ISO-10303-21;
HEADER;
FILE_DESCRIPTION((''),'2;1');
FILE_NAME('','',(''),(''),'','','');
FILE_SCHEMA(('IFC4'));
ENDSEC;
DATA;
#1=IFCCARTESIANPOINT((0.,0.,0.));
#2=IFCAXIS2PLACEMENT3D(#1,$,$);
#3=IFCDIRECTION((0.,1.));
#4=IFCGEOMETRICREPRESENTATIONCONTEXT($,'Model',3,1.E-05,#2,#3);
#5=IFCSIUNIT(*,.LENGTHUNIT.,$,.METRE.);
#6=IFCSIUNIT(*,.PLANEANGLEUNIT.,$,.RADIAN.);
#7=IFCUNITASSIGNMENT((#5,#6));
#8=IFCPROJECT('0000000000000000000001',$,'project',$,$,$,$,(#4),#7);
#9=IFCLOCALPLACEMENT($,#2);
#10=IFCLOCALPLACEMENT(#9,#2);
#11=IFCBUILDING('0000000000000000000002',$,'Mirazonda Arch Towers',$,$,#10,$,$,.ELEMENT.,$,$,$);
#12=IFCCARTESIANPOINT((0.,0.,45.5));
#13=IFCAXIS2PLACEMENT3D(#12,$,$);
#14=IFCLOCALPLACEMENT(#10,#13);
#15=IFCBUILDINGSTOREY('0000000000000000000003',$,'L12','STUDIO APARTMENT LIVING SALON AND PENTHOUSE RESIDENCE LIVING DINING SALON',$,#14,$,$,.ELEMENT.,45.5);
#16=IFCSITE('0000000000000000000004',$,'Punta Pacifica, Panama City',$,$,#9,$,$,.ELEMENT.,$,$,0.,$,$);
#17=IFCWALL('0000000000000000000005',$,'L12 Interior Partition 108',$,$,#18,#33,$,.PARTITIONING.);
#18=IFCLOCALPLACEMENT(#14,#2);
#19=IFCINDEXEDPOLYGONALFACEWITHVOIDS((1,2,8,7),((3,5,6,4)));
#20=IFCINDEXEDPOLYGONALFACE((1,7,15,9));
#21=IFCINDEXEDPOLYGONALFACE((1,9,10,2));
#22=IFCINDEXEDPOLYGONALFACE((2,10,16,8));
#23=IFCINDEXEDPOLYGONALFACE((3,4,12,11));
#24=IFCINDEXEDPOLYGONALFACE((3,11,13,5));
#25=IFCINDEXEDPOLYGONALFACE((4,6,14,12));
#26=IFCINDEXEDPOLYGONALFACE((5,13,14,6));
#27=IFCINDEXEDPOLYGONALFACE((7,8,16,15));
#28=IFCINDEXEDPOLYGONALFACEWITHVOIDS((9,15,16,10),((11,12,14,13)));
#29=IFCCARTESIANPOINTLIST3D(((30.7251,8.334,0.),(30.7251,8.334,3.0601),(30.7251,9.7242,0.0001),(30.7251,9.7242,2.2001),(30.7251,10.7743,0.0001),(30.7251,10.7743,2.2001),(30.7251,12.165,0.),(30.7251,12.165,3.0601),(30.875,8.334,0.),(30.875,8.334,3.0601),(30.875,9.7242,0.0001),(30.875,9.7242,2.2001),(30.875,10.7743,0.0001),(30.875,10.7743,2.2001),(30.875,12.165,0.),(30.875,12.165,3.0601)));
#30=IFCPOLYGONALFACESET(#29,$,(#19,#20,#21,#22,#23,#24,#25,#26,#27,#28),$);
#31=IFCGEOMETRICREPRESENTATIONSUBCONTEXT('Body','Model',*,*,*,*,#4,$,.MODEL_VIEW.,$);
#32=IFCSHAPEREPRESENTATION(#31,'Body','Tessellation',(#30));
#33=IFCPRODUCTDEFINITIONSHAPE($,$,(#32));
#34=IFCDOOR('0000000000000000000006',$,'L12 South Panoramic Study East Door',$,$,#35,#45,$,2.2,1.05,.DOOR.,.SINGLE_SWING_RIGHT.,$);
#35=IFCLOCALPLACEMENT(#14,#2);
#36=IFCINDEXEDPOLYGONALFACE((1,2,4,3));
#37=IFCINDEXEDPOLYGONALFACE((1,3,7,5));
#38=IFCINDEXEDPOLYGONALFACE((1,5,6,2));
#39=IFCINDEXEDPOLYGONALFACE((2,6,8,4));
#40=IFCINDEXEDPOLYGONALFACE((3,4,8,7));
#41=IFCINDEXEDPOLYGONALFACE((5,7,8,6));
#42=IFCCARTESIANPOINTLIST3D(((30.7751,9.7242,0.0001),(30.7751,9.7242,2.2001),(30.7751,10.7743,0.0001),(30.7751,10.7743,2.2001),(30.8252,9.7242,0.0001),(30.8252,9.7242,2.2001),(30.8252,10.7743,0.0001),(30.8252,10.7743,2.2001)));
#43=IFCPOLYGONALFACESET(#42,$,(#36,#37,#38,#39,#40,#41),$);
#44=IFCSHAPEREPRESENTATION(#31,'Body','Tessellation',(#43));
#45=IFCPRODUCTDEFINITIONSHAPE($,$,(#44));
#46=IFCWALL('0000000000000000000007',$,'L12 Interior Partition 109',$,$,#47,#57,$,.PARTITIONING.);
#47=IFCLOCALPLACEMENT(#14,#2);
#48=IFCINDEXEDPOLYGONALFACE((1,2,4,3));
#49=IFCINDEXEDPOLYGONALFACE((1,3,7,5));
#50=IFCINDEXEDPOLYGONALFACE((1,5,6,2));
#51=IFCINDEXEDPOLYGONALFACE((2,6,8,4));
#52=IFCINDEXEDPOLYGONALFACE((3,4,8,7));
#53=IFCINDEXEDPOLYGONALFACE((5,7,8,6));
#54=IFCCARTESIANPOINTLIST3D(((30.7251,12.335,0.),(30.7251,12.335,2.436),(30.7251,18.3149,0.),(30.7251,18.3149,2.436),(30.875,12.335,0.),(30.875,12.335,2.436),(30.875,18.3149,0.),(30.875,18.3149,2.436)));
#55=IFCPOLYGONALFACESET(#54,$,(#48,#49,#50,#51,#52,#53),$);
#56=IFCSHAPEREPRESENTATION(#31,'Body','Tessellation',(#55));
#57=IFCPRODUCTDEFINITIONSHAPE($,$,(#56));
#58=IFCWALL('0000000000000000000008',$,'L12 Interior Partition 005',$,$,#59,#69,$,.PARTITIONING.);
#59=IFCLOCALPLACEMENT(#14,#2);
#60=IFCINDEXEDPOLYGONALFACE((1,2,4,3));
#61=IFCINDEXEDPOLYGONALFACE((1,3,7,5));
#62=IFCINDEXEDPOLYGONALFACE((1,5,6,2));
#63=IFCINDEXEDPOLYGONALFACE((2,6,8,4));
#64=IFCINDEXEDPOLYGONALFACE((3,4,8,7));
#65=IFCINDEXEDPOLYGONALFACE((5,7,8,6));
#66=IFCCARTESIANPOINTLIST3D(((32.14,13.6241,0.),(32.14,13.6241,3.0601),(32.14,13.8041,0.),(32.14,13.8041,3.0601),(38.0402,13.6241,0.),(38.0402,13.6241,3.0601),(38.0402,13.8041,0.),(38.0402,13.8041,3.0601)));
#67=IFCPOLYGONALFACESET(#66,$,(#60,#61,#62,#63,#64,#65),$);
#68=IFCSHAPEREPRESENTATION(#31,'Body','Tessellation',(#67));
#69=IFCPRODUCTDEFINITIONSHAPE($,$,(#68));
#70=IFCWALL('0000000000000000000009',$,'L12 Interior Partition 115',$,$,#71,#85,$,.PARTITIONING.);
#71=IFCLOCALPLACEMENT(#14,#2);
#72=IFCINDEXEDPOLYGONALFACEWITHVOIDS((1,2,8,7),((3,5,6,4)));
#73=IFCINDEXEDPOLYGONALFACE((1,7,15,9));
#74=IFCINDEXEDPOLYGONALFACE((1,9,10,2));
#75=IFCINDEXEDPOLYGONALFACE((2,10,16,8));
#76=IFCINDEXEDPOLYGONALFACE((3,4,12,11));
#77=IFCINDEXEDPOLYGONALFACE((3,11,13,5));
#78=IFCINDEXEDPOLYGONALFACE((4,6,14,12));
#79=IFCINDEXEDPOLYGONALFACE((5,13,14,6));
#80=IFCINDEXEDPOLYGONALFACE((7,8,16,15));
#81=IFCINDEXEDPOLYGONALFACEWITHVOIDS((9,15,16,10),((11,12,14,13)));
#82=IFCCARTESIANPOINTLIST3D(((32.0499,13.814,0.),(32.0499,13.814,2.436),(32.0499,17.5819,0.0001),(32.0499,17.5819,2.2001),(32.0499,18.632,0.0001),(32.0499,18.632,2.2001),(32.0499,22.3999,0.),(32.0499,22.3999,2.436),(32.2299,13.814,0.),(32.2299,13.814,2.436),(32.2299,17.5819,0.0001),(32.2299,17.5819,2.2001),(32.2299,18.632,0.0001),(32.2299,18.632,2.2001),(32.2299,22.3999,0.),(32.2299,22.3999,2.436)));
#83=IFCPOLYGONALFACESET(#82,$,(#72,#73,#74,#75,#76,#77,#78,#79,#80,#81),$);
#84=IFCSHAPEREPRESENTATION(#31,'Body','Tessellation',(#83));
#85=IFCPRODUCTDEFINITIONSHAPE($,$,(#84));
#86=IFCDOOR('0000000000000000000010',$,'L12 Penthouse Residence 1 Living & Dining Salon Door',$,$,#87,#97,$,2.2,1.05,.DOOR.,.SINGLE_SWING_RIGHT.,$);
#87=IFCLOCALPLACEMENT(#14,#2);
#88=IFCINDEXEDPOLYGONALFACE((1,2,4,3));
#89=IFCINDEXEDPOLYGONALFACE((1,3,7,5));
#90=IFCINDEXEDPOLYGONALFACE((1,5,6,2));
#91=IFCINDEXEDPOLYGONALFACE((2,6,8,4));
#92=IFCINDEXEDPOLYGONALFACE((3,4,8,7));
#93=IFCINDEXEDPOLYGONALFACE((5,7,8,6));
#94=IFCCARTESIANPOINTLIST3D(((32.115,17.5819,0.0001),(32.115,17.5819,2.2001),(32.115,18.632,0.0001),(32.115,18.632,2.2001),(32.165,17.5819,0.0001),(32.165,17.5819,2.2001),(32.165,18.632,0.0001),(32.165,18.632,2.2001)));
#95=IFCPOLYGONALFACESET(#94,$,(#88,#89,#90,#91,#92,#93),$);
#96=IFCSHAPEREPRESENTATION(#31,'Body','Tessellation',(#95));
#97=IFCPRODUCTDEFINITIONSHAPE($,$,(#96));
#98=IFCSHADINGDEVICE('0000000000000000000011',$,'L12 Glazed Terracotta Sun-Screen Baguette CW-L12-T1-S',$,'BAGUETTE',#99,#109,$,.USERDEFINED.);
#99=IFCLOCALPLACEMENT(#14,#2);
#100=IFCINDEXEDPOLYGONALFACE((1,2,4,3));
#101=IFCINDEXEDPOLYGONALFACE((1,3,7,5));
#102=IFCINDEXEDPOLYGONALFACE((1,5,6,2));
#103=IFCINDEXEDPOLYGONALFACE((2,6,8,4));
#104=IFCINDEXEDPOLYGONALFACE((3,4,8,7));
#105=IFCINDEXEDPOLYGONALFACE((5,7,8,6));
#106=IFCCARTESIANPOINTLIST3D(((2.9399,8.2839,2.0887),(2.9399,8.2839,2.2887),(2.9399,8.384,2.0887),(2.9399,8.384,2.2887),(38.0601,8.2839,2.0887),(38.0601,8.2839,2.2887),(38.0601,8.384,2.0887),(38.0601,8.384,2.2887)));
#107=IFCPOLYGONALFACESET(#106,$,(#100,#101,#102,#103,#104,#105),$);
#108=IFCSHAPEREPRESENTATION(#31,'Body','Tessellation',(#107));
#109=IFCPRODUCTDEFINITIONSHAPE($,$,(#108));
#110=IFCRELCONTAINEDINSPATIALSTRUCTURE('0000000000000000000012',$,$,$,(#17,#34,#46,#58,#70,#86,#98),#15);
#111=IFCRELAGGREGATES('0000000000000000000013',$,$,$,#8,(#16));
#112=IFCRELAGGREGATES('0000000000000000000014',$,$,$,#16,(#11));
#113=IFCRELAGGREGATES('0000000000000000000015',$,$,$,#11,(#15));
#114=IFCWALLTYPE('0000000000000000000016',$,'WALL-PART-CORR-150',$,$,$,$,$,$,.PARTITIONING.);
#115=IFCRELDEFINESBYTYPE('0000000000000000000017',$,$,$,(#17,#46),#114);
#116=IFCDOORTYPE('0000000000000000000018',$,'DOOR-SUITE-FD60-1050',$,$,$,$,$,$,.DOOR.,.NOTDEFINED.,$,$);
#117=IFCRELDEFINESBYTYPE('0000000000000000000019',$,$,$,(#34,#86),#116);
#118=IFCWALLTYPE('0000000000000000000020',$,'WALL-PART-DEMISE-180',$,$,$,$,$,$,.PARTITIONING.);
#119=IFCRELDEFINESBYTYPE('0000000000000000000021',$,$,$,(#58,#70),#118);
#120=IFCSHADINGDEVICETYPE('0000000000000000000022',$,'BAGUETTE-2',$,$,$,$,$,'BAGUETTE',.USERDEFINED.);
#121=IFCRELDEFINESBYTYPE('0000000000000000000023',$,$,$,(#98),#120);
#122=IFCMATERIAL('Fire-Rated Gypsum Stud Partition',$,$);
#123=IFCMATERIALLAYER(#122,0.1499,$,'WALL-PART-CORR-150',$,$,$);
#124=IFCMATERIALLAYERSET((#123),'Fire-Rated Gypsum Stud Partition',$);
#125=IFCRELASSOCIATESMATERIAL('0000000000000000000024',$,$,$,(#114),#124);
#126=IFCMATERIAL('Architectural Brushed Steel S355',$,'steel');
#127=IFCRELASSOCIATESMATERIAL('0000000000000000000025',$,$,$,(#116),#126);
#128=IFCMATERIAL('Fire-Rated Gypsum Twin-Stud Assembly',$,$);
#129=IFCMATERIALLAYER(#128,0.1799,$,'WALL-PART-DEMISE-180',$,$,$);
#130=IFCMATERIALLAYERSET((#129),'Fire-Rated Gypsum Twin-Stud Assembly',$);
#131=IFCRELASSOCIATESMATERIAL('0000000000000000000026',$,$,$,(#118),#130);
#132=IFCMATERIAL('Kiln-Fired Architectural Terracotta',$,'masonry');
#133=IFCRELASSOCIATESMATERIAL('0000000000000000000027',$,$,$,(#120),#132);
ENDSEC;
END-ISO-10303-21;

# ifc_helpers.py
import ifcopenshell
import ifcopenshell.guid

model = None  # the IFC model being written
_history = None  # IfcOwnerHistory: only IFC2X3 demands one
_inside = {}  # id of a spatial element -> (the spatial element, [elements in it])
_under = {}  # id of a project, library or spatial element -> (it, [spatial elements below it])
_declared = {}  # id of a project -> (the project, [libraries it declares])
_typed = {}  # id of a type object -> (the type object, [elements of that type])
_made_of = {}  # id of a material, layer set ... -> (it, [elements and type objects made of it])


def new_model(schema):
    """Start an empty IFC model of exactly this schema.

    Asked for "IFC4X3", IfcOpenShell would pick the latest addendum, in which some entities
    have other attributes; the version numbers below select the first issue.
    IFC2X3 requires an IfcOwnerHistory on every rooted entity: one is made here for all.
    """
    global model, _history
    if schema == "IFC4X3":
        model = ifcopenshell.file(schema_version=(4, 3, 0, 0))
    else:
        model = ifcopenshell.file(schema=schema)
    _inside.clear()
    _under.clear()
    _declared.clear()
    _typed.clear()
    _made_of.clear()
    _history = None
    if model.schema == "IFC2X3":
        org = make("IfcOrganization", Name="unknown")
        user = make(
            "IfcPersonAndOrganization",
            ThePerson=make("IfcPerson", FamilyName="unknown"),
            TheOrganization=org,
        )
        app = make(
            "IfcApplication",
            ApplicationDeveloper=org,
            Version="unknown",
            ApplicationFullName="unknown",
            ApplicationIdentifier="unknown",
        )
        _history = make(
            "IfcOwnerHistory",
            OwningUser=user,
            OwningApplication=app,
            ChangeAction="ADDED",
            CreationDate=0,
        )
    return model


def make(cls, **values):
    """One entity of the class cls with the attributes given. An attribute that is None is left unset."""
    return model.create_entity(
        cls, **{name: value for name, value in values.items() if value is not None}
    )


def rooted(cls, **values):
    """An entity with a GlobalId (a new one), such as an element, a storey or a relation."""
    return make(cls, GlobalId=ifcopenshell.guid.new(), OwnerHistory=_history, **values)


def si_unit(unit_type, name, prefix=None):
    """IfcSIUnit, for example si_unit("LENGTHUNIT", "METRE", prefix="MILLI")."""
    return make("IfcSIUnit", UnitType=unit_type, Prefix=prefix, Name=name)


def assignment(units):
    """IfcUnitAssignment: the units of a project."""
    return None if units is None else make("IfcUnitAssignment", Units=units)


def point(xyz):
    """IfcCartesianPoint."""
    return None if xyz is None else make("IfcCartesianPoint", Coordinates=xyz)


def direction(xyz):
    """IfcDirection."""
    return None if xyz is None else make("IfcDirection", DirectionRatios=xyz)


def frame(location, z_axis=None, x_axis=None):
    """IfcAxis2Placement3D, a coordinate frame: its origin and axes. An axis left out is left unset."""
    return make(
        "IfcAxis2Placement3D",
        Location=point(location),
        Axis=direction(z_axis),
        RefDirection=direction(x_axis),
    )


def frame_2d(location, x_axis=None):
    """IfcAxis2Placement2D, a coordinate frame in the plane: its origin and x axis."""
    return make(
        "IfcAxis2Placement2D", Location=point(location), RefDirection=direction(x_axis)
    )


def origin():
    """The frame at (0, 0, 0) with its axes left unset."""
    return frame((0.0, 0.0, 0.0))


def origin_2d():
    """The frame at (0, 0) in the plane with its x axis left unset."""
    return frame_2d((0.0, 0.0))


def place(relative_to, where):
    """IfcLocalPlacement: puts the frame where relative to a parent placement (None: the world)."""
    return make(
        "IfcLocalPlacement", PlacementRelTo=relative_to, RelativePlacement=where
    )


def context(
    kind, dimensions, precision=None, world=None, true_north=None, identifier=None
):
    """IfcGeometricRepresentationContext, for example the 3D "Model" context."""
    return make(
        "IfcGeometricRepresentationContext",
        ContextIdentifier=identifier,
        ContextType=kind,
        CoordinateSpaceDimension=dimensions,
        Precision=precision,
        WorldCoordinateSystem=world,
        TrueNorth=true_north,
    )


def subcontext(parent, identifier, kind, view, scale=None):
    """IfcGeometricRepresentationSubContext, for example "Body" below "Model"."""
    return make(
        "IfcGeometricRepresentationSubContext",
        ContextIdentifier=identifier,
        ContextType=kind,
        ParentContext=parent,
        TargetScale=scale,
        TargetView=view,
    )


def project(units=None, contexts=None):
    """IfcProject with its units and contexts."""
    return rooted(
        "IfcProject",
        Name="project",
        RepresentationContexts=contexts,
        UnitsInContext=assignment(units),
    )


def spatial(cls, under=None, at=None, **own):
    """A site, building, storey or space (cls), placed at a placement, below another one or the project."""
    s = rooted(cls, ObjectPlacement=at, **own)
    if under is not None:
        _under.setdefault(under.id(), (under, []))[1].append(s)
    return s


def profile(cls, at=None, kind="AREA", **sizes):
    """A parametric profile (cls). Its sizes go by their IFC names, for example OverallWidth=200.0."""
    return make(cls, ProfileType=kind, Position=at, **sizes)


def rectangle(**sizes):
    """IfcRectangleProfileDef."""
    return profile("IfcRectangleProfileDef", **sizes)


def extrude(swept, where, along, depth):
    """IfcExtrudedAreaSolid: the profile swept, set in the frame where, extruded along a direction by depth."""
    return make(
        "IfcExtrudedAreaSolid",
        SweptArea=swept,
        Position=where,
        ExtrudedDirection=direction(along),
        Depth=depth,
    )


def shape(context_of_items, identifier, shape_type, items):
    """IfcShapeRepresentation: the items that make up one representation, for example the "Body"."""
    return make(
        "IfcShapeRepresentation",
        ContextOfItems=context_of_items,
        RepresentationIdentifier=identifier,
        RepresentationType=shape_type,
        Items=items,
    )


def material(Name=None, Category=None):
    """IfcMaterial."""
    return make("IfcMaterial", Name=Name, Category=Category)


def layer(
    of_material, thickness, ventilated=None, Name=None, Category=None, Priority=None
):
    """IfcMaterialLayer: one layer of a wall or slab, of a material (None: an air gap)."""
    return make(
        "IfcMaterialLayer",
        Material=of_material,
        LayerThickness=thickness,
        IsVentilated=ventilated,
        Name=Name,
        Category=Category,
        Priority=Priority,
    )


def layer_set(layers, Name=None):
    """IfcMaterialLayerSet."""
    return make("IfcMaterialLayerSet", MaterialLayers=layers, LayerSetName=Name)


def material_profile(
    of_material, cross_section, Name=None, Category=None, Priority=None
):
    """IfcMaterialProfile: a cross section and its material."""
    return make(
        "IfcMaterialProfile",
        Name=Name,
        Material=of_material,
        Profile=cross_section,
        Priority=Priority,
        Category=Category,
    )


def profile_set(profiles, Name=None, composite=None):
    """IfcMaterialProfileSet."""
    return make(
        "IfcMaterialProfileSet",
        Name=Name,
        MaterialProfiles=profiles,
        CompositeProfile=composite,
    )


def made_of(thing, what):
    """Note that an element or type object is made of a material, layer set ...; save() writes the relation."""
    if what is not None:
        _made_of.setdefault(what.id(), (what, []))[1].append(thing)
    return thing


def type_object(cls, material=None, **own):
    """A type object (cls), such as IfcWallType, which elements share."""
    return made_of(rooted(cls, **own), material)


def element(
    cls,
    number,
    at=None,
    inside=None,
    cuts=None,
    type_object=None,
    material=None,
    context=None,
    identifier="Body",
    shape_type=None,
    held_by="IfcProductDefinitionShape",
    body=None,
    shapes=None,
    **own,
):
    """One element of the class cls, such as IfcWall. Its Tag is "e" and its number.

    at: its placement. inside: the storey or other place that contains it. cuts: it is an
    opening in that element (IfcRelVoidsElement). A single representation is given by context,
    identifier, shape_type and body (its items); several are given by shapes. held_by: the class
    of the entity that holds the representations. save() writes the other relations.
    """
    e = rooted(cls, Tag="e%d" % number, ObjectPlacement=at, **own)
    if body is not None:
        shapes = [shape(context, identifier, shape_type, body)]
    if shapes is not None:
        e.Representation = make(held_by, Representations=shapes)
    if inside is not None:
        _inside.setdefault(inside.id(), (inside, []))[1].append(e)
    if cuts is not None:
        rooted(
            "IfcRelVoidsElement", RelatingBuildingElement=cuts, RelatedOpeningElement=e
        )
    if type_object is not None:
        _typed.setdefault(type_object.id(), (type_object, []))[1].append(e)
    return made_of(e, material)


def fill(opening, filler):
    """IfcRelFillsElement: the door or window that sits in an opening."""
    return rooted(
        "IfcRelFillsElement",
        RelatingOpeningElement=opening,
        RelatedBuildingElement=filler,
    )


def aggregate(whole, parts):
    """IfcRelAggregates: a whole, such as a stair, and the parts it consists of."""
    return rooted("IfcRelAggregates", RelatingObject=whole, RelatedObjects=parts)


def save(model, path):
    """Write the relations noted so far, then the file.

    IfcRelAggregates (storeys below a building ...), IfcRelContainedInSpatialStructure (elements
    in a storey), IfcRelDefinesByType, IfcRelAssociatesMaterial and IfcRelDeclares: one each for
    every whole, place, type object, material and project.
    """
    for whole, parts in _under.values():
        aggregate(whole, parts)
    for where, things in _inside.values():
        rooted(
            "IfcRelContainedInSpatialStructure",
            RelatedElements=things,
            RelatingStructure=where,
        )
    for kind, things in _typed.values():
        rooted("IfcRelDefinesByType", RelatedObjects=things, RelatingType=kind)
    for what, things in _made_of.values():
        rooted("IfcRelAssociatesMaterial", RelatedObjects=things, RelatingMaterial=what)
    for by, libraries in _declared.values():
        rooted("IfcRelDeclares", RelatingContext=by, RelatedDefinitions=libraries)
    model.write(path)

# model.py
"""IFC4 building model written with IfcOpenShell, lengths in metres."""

from ifc_helpers import new_model, si_unit, direction, frame, frame_2d, origin, origin_2d, place, context, subcontext, project, spatial, rectangle, extrude, material, layer, layer_set, material_profile, profile_set, type_object, element, fill, save


model = new_model("IFC4")

# Units and contexts
model_context = context("Model", 3, precision=1e-05, world=origin(), true_north=direction((0.0, 1.0)))
body_context = subcontext(model_context, "Body", "Model", "MODEL_VIEW")
ifc_project = project(units=[si_unit("LENGTHUNIT", "METRE"), si_unit("PLANEANGLEUNIT", "RADIAN")], contexts=[model_context])

# Site, building, storey
site_placement = place(None, origin())
site = spatial("IfcSite", under=ifc_project, at=site_placement, Name="Punta Pacifica, Panama City", CompositionType="ELEMENT", RefElevation=0.0)
building_placement = place(site_placement, origin())
building = spatial("IfcBuilding", under=site, at=building_placement, Name="Mirazonda Arch Towers", CompositionType="ELEMENT")
storey_placement = place(building_placement, frame((0.0, 0.0, 45.5)))
storey = spatial("IfcBuildingStorey", under=building, at=storey_placement, Name="L12", Description="STUDIO APARTMENT LIVING SALON AND PENTHOUSE RESIDENCE LIVING DINING SALON", CompositionType="ELEMENT", Elevation=45.5)

# Shared definitions
ifc_material_1 = material(Name="Fire-Rated Gypsum Stud Partition")
ifc_layer_1 = layer(ifc_material_1, 0.1499, Name="WALL-PART-CORR-150")
ifc_layer_set_1 = layer_set([ifc_layer_1], Name="Fire-Rated Gypsum Stud Partition")
wall_type_1 = type_object("IfcWallType", Name="WALL-PART-CORR-150", PredefinedType="PARTITIONING", material=ifc_layer_set_1)

# Wall, opening, door
wall_1_placement = place(storey_placement, frame((30.8, 8.334, 0.0), z_axis=(0.0, 0.0, 1.0), x_axis=(0.0, 1.0, 0.0)))
wall_1 = element("IfcWall", 1, at=wall_1_placement, inside=storey, type_object=wall_type_1, Name="L12 Interior Partition 108", PredefinedType="PARTITIONING", context=body_context, shape_type="SweptSolid", body=[
    extrude(rectangle(XDim=3.8311, YDim=0.1499, at=frame_2d((1.9155, 0.0))), origin(), (0.0, 0.0, 1.0), 3.0601),
])
opening_1_placement = place(wall_1_placement, frame((1.3904, 0.0, 0.0)))
opening_1 = element("IfcOpeningElement", 2, at=opening_1_placement, cuts=wall_1, PredefinedType="OPENING", context=body_context, shape_type="SweptSolid", body=[
    extrude(rectangle(XDim=1.05, YDim=2.2, at=frame_2d((0.5249, 1.1001))), frame((0.0, 0.085, 0.0), z_axis=(0.0, -1.0, 0.0), x_axis=(1.0, 0.0, 0.0)), (0.0, 0.0, 1.0), 0.1699),
])
ifc_material_2 = material(Name="Architectural Brushed Steel S355", Category="steel")
door_type_1 = type_object("IfcDoorType", Name="DOOR-SUITE-FD60-1050", OperationType="NOTDEFINED", PredefinedType="DOOR", material=ifc_material_2)
door_1_placement = place(opening_1_placement, origin())
door_1 = element("IfcDoor", 3, at=door_1_placement, inside=storey, type_object=door_type_1, Name="L12 South Panoramic Study East Door", OperationType="SINGLE_SWING_RIGHT", OverallHeight=2.2, OverallWidth=1.05, PredefinedType="DOOR", context=body_context, shape_type="SweptSolid", body=[
    extrude(rectangle(XDim=1.05, YDim=2.2, at=frame_2d((0.5249, 1.1001))), frame((0.0, 0.0249, 0.0), z_axis=(0.0, -1.0, 0.0), x_axis=(1.0, 0.0, 0.0)), (0.0, 0.0, 1.0), 0.05),
])
fill(opening_1, door_1)

# Walls
wall_2_placement = place(storey_placement, frame((30.8, 12.335, 0.0), z_axis=(0.0, 0.0, 1.0), x_axis=(0.0, 1.0, 0.0)))
element("IfcWall", 4, at=wall_2_placement, inside=storey, type_object=wall_type_1, Name="L12 Interior Partition 109", PredefinedType="PARTITIONING", context=body_context, shape_type="SweptSolid", body=[
    extrude(rectangle(XDim=5.98, YDim=0.1499, at=frame_2d((2.99, 0.0))), origin(), (0.0, 0.0, 1.0), 2.436),
])
ifc_material_3 = material(Name="Fire-Rated Gypsum Twin-Stud Assembly")
ifc_layer_2 = layer(ifc_material_3, 0.1799, Name="WALL-PART-DEMISE-180")
ifc_layer_set_2 = layer_set([ifc_layer_2], Name="Fire-Rated Gypsum Twin-Stud Assembly")
wall_type_2 = type_object("IfcWallType", Name="WALL-PART-DEMISE-180", PredefinedType="PARTITIONING", material=ifc_layer_set_2)
wall_3_placement = place(storey_placement, frame((32.1399, 13.7141, 0.0), z_axis=(0.0, 0.0, 1.0), x_axis=(1.0, 0.0, 0.0)))
element("IfcWall", 5, at=wall_3_placement, inside=storey, type_object=wall_type_2, Name="L12 Interior Partition 005", PredefinedType="PARTITIONING", context=body_context, shape_type="SweptSolid", body=[
    extrude(rectangle(XDim=5.9001, YDim=0.1799, at=frame_2d((2.9502, 0.0))), origin(), (0.0, 0.0, 1.0), 3.0601),
])

# Wall, opening, door
wall_4_placement = place(storey_placement, frame((32.1399, 13.814, 0.0), z_axis=(0.0, 0.0, 1.0), x_axis=(0.0, 1.0, 0.0)))
wall_4 = element("IfcWall", 6, at=wall_4_placement, inside=storey, type_object=wall_type_2, Name="L12 Interior Partition 115", PredefinedType="PARTITIONING", context=body_context, shape_type="SweptSolid", body=[
    extrude(rectangle(XDim=8.5859, YDim=0.1799, at=frame_2d((4.293, 0.0))), origin(), (0.0, 0.0, 1.0), 2.436),
])
opening_2_placement = place(wall_4_placement, frame((3.7681, 0.0, 0.0)))
opening_2 = element("IfcOpeningElement", 7, at=opening_2_placement, cuts=wall_4, PredefinedType="OPENING", context=body_context, shape_type="SweptSolid", body=[
    extrude(rectangle(XDim=1.05, YDim=2.2, at=frame_2d((0.5249, 1.1001))), frame((0.0, 0.0999, 0.0), z_axis=(0.0, -1.0, 0.0), x_axis=(1.0, 0.0, 0.0)), (0.0, 0.0, 1.0), 0.2),
])
door_2_placement = place(opening_2_placement, origin())
door_2 = element("IfcDoor", 8, at=door_2_placement, inside=storey, type_object=door_type_1, Name="L12 Penthouse Residence 1 Living & Dining Salon Door", OperationType="SINGLE_SWING_RIGHT", OverallHeight=2.2, OverallWidth=1.05, PredefinedType="DOOR", context=body_context, shape_type="SweptSolid", body=[
    extrude(rectangle(XDim=1.05, YDim=2.2, at=frame_2d((0.5249, 1.1001))), frame((0.0, 0.0249, 0.0), z_axis=(0.0, -1.0, 0.0), x_axis=(1.0, 0.0, 0.0)), (0.0, 0.0, 1.0), 0.05),
])
fill(opening_2, door_2)

# Shading device
ifc_material_4 = material(Name="Kiln-Fired Architectural Terracotta", Category="masonry")
ifc_material_profile_1 = material_profile(ifc_material_4, rectangle(XDim=0.1001, YDim=0.2, at=origin_2d()), Name="TERRA-BAG-100x200")
ifc_profile_set_1 = profile_set([ifc_material_profile_1], Name="Kiln-Fired Architectural Terracotta")
shading_device_type = type_object("IfcShadingDeviceType", Name="BAGUETTE-2", ElementType="BAGUETTE", PredefinedType="USERDEFINED", material=ifc_profile_set_1)
shading_device_placement = place(storey_placement, frame((38.0601, 8.334, 2.1887), z_axis=(-1.0, 0.0, 0.0), x_axis=(0.0, -1.0, 0.0)))
element("IfcShadingDevice", 9, at=shading_device_placement, inside=storey, type_object=shading_device_type, Name="L12 Glazed Terracotta Sun-Screen Baguette CW-L12-T1-S", ObjectType="BAGUETTE", PredefinedType="USERDEFINED", context=body_context, shape_type="SweptSolid", body=[
    extrude(rectangle(XDim=0.1001, YDim=0.2, at=origin_2d()), origin(), (0.0, 0.0, 1.0), 35.1201),
])

save(model, "model.ifc")
